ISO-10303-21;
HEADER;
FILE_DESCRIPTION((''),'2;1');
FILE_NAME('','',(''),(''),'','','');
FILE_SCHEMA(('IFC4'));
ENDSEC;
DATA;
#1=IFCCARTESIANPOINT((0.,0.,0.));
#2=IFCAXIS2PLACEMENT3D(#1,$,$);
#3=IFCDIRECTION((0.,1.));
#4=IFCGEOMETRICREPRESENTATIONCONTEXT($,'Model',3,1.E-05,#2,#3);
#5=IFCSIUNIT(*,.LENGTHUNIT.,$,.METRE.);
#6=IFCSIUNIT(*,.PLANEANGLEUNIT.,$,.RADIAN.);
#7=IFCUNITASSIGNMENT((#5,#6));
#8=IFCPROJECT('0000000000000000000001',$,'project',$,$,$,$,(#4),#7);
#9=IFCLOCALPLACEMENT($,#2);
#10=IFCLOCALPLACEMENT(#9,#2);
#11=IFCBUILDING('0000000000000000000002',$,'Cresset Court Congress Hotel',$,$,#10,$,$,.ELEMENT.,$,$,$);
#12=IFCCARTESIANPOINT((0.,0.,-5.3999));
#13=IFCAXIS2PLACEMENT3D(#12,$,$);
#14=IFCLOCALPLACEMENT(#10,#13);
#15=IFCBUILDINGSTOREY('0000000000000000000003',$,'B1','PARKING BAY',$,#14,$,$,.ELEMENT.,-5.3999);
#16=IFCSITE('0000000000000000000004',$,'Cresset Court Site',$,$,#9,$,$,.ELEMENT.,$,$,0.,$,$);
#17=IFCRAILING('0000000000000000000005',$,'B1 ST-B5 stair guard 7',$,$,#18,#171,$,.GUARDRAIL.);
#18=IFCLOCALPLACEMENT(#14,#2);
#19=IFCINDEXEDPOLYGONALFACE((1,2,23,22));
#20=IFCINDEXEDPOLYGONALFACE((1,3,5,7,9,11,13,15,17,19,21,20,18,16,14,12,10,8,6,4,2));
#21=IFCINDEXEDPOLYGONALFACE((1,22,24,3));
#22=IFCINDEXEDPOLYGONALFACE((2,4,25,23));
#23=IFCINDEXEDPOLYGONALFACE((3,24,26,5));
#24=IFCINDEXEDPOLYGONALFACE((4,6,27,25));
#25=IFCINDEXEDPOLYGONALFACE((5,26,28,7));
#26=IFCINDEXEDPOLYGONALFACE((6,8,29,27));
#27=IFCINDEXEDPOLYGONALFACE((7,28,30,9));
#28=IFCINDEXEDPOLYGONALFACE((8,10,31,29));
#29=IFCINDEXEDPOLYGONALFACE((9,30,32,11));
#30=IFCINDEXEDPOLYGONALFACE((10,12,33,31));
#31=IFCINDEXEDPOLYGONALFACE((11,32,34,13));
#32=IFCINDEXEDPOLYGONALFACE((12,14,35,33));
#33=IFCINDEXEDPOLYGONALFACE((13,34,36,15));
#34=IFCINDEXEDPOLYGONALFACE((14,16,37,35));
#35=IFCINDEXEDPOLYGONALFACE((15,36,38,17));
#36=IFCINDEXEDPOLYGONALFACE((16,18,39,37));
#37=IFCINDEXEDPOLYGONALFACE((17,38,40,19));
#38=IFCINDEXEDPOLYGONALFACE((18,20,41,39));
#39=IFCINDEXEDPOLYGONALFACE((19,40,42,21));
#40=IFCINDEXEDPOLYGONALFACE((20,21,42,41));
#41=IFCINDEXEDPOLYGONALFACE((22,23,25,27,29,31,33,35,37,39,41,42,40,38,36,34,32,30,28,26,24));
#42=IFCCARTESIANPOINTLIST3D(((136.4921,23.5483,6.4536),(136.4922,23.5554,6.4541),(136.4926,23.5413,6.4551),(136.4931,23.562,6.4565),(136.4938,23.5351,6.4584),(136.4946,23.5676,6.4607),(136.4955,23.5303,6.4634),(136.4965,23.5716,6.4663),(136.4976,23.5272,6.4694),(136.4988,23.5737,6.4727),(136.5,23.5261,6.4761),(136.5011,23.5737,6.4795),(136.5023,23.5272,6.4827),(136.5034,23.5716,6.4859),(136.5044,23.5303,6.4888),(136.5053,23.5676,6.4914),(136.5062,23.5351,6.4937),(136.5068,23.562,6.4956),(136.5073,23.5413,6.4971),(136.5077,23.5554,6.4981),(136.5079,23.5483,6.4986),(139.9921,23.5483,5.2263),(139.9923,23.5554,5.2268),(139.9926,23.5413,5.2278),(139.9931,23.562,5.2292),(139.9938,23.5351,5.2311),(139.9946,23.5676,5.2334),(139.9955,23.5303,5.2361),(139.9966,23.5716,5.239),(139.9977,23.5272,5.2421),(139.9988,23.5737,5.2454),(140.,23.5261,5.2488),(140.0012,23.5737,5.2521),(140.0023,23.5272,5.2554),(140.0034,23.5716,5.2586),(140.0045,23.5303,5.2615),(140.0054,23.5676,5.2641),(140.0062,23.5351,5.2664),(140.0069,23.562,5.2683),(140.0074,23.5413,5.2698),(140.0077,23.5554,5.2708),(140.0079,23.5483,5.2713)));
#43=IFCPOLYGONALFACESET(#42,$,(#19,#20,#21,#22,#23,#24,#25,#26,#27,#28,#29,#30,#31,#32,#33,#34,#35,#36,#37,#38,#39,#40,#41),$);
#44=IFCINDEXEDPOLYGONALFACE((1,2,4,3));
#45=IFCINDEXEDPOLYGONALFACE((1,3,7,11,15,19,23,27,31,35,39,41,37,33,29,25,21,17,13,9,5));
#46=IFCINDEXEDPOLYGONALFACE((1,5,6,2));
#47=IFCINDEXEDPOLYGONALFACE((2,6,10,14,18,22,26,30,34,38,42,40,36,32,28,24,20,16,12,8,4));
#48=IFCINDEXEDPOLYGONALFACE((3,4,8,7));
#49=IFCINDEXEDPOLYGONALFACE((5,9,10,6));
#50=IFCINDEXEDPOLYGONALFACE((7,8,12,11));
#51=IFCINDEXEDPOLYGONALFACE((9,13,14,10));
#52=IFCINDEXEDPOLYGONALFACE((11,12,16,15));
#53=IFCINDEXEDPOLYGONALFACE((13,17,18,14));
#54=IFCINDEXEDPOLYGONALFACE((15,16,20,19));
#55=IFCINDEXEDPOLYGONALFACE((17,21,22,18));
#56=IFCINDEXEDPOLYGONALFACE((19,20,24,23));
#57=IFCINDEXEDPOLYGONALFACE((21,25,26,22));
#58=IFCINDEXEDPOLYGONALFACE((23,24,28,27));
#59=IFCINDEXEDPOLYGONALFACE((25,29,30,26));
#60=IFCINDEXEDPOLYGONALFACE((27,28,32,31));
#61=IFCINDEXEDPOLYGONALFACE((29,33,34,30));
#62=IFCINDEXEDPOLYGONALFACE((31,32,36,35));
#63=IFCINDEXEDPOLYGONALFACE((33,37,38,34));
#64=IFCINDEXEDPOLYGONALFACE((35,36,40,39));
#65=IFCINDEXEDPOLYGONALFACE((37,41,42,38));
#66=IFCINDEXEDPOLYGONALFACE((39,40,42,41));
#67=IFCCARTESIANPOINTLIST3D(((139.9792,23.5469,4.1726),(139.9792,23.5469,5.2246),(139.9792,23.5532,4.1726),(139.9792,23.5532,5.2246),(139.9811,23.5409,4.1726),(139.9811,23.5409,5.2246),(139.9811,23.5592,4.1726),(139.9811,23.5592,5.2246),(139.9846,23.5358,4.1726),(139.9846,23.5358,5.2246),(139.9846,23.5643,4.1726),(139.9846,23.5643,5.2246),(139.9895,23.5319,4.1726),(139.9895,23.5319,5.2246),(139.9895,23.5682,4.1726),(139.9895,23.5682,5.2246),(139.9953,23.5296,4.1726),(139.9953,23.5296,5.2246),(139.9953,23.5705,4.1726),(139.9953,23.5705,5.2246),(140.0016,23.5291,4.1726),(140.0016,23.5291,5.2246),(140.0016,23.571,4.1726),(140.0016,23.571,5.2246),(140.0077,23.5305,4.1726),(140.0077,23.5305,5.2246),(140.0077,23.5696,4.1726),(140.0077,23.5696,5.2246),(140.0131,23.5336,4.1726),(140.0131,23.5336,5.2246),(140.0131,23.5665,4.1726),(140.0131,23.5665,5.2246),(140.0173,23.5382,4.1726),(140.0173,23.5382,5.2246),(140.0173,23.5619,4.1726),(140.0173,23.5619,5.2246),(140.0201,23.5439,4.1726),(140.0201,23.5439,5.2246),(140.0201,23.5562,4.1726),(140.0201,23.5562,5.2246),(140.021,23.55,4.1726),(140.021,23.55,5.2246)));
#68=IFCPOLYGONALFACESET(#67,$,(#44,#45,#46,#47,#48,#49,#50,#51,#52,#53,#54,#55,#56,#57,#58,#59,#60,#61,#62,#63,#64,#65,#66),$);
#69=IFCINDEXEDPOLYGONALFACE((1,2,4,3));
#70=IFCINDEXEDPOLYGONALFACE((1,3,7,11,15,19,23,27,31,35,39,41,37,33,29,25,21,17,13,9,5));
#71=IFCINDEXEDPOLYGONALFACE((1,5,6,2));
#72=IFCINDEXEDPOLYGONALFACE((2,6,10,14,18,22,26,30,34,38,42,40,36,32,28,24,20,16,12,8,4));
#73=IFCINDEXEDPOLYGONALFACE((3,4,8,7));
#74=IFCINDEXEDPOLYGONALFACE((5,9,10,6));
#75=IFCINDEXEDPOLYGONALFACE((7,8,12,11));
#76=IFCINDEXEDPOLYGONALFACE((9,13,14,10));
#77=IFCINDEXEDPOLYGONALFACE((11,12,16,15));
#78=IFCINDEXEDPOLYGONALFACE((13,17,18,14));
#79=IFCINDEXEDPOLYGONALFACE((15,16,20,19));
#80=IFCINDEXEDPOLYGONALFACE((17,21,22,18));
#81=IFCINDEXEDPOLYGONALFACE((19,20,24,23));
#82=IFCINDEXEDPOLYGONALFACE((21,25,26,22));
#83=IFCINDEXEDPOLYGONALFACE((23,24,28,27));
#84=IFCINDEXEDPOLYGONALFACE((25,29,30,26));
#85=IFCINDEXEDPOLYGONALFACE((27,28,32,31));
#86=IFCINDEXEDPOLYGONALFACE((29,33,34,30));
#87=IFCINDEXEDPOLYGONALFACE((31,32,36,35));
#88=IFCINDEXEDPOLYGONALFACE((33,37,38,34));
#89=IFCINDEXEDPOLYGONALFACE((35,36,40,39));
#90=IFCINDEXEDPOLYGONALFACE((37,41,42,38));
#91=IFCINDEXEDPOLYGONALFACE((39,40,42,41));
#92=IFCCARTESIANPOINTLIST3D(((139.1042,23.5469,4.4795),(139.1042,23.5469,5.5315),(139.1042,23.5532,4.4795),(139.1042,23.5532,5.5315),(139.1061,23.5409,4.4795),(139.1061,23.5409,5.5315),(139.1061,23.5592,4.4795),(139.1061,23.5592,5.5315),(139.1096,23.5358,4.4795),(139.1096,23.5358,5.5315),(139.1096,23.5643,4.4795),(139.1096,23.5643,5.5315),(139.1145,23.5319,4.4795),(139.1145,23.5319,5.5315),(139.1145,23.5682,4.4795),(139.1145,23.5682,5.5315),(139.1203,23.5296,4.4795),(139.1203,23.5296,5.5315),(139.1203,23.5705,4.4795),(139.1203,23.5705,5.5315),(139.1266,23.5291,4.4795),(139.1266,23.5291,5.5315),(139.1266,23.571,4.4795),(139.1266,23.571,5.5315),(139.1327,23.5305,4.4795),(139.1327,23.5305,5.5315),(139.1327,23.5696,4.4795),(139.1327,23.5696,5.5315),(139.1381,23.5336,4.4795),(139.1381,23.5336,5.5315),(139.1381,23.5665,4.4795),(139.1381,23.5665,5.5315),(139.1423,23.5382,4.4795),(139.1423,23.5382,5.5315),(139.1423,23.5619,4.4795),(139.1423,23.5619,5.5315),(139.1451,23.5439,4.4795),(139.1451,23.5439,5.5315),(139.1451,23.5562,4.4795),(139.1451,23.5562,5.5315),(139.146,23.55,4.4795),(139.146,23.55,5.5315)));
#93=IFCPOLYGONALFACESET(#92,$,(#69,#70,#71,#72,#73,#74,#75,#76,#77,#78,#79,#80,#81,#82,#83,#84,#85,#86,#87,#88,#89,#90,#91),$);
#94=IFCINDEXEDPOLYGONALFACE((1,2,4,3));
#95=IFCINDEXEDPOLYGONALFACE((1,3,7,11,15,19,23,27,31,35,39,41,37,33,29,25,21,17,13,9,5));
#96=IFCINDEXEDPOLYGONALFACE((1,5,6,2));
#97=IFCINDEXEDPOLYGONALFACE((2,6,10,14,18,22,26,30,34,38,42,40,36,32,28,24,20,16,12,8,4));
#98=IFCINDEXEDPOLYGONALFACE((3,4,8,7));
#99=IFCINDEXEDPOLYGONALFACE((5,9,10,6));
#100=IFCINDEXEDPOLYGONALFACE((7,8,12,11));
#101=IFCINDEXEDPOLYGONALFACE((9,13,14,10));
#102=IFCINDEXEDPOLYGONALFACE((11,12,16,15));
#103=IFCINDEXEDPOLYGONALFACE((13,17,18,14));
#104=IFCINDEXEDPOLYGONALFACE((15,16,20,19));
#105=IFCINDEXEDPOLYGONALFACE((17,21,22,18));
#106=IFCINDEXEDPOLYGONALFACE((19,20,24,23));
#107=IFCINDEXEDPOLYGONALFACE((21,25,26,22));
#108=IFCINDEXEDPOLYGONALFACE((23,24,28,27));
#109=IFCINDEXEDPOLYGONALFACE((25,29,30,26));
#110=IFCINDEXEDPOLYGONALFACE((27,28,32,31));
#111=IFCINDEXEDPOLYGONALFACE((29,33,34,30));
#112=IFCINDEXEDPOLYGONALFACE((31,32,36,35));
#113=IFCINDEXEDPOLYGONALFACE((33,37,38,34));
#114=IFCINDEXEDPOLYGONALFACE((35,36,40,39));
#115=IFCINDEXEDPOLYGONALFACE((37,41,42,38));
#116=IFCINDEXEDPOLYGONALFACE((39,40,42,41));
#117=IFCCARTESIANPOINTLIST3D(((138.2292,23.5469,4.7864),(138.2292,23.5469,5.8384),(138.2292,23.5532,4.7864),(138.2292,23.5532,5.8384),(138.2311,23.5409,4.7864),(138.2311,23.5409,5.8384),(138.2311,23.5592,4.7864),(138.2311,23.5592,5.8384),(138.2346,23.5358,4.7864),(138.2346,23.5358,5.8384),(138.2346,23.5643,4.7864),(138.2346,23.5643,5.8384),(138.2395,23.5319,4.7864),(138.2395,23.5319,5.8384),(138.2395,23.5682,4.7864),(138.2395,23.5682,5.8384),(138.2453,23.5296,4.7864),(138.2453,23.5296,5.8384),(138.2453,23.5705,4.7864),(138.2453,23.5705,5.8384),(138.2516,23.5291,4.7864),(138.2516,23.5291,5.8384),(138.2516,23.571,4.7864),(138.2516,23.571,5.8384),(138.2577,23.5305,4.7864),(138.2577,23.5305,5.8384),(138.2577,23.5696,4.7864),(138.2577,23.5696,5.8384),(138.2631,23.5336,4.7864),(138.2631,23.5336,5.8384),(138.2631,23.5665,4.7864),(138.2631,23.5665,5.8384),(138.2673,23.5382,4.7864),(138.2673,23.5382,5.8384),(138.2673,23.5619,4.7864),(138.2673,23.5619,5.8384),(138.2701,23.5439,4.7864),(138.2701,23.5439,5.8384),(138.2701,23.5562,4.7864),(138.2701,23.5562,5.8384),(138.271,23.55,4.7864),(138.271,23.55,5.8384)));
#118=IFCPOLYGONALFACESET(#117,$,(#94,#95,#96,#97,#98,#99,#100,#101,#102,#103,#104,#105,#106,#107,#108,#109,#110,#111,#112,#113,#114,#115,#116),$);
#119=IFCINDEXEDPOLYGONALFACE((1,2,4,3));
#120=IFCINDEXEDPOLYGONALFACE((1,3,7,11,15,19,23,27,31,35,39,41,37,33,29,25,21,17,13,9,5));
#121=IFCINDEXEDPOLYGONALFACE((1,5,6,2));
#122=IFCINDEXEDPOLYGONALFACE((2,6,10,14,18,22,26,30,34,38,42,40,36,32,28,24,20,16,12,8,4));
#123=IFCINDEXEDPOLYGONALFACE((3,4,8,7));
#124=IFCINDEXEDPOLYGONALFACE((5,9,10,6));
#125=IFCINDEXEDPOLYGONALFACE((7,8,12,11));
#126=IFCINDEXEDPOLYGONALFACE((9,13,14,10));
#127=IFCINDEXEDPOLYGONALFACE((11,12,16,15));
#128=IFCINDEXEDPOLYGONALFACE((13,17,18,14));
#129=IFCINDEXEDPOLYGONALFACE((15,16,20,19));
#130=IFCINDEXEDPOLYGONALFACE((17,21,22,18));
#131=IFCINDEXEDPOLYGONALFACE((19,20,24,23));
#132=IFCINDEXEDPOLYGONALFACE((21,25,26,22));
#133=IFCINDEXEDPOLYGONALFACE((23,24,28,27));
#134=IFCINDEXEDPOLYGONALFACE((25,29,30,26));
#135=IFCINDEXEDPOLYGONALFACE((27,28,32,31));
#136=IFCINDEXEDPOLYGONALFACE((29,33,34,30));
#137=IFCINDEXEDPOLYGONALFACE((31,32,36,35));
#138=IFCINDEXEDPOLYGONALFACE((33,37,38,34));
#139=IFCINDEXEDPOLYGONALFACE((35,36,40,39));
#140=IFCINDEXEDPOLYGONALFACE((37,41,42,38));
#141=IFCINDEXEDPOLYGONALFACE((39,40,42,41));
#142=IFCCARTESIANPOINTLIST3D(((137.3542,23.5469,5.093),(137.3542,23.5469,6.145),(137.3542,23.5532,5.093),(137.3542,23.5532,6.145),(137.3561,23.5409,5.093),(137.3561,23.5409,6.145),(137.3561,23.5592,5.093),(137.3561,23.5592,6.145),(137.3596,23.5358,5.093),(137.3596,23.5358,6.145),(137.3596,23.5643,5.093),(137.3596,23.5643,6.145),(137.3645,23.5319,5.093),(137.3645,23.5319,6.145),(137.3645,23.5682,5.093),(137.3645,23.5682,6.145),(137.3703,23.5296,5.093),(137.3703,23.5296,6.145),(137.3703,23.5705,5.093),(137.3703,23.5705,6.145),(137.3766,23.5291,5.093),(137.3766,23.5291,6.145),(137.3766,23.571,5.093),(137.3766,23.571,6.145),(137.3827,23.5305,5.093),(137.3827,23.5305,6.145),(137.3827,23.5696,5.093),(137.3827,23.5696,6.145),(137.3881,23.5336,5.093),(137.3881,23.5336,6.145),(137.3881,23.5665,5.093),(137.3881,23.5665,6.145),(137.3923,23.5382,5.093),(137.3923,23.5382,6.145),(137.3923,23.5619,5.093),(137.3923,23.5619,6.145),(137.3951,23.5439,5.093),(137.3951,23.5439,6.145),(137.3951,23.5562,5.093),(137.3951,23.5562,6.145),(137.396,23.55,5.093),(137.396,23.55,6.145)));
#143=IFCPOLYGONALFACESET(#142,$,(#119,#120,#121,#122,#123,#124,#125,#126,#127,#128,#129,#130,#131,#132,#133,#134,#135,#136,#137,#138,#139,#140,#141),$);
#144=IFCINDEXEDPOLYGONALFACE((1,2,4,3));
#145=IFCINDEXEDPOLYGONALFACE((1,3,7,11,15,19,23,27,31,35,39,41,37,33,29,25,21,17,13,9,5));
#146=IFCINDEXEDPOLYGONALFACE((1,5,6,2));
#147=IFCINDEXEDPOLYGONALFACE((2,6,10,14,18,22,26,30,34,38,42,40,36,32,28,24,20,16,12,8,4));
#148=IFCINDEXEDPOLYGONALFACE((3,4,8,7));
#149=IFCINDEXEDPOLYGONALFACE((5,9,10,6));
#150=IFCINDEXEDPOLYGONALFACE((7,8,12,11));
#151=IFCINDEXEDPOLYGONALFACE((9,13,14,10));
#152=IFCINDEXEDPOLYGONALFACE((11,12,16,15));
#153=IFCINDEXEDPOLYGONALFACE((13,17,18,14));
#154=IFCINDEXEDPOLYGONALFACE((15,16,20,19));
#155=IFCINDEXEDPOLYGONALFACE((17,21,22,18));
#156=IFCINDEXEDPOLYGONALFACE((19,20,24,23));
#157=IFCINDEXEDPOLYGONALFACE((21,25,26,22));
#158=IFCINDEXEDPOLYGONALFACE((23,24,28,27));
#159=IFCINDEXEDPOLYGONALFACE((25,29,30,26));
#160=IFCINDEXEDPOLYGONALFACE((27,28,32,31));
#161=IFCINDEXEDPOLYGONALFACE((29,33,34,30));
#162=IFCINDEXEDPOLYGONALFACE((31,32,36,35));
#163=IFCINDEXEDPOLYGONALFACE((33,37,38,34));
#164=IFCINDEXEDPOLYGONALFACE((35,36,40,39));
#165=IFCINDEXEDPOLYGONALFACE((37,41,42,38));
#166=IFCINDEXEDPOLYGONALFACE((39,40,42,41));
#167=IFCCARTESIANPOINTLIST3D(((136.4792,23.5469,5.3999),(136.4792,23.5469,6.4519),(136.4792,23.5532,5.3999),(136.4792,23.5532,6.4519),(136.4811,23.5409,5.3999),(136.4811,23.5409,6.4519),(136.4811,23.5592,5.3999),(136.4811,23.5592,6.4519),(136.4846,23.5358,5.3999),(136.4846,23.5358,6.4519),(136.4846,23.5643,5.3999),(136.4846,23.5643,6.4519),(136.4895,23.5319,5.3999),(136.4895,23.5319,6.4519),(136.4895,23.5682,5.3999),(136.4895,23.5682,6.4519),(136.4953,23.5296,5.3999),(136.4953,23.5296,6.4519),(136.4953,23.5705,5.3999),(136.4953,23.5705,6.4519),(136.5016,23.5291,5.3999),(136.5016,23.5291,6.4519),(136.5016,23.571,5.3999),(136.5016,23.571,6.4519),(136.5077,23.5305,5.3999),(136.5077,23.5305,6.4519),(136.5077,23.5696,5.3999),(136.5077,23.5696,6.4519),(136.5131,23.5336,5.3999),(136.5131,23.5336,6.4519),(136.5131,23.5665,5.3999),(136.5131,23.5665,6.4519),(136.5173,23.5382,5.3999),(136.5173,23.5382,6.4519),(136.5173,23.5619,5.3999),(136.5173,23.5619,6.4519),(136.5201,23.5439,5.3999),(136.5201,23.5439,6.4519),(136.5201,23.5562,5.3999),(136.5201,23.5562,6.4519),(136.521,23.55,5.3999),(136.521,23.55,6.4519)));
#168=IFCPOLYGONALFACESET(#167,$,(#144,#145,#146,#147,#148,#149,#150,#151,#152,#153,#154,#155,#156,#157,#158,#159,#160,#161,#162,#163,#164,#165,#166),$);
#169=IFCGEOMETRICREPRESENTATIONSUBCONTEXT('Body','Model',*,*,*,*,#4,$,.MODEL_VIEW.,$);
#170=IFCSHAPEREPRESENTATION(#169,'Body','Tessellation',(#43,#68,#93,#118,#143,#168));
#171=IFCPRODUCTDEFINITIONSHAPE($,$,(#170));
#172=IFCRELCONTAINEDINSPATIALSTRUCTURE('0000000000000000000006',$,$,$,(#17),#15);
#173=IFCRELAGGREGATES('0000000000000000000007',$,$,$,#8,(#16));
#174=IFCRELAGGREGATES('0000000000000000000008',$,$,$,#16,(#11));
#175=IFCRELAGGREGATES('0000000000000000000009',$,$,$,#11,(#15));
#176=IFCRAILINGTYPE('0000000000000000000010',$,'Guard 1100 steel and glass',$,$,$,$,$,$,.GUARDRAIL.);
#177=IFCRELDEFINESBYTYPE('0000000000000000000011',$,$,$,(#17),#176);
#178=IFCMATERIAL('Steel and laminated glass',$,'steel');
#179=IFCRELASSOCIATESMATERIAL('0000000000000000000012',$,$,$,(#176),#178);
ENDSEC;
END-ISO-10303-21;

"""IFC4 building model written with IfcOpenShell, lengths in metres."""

from ifc_helpers import new_model, si_unit, direction, frame, origin, origin_2d, place, context, subcontext, project, spatial, circle, extrude, material, type_object, element, save


model = new_model("IFC4")

# Units and contexts
model_context = context("Model", 3, precision=1e-05, world=origin(), true_north=direction((0.0, 1.0)))
body_context = subcontext(model_context, "Body", "Model", "MODEL_VIEW")
ifc_project = project(units=[si_unit("LENGTHUNIT", "METRE"), si_unit("PLANEANGLEUNIT", "RADIAN")], contexts=[model_context])

# Site, building, storey
site_placement = place(None, origin())
site = spatial("IfcSite", under=ifc_project, at=site_placement, Name="Cresset Court Site", CompositionType="ELEMENT", RefElevation=0.0)
building_placement = place(site_placement, origin())
building = spatial("IfcBuilding", under=site, at=building_placement, Name="Cresset Court Congress Hotel", CompositionType="ELEMENT")
storey_placement = place(building_placement, frame((0.0, 0.0, -5.3999)))
storey = spatial("IfcBuildingStorey", under=building, at=storey_placement, Name="B1", Description="PARKING BAY", CompositionType="ELEMENT", Elevation=-5.3999)

# Railing
ifc_material_1 = material(Name="Steel and laminated glass", Category="steel")
railing_type_1 = type_object("IfcRailingType", Name="Guard 1100 steel and glass", PredefinedType="GUARDRAIL", material=ifc_material_1)
railing_1_placement = place(storey_placement, frame((140.0, 23.55, 4.1726)))
element("IfcRailing", 1, at=railing_1_placement, inside=storey, type_object=railing_type_1, Name="B1 ST-B5 stair guard 7", PredefinedType="GUARDRAIL", context=body_context, shape_type="SweptSolid", body=[
    extrude(circle(Radius=0.0239, at=origin_2d()), frame((0.0, 0.0, 1.0762), z_axis=(-0.943665, 0.0, 0.330902), x_axis=(0.0, -1.0, 0.0)), (0.0, 0.0, 1.0), 3.709),
    extrude(circle(Radius=0.021, at=origin_2d()), origin(), (0.0, 0.0, 1.0), 1.052),
    extrude(circle(Radius=0.021, at=origin_2d()), frame((-0.875, 0.0, 0.3069)), (0.0, 0.0, 1.0), 1.052),
    extrude(circle(Radius=0.021, at=origin_2d()), frame((-1.75, 0.0, 0.6138)), (0.0, 0.0, 1.0), 1.052),
    extrude(circle(Radius=0.021, at=origin_2d()), frame((-2.625, 0.0, 0.9204)), (0.0, 0.0, 1.0), 1.052),
    extrude(circle(Radius=0.021, at=origin_2d()), frame((-3.5, 0.0, 1.2273)), (0.0, 0.0, 1.0), 1.052),
])

save(model, "model.ifc")
